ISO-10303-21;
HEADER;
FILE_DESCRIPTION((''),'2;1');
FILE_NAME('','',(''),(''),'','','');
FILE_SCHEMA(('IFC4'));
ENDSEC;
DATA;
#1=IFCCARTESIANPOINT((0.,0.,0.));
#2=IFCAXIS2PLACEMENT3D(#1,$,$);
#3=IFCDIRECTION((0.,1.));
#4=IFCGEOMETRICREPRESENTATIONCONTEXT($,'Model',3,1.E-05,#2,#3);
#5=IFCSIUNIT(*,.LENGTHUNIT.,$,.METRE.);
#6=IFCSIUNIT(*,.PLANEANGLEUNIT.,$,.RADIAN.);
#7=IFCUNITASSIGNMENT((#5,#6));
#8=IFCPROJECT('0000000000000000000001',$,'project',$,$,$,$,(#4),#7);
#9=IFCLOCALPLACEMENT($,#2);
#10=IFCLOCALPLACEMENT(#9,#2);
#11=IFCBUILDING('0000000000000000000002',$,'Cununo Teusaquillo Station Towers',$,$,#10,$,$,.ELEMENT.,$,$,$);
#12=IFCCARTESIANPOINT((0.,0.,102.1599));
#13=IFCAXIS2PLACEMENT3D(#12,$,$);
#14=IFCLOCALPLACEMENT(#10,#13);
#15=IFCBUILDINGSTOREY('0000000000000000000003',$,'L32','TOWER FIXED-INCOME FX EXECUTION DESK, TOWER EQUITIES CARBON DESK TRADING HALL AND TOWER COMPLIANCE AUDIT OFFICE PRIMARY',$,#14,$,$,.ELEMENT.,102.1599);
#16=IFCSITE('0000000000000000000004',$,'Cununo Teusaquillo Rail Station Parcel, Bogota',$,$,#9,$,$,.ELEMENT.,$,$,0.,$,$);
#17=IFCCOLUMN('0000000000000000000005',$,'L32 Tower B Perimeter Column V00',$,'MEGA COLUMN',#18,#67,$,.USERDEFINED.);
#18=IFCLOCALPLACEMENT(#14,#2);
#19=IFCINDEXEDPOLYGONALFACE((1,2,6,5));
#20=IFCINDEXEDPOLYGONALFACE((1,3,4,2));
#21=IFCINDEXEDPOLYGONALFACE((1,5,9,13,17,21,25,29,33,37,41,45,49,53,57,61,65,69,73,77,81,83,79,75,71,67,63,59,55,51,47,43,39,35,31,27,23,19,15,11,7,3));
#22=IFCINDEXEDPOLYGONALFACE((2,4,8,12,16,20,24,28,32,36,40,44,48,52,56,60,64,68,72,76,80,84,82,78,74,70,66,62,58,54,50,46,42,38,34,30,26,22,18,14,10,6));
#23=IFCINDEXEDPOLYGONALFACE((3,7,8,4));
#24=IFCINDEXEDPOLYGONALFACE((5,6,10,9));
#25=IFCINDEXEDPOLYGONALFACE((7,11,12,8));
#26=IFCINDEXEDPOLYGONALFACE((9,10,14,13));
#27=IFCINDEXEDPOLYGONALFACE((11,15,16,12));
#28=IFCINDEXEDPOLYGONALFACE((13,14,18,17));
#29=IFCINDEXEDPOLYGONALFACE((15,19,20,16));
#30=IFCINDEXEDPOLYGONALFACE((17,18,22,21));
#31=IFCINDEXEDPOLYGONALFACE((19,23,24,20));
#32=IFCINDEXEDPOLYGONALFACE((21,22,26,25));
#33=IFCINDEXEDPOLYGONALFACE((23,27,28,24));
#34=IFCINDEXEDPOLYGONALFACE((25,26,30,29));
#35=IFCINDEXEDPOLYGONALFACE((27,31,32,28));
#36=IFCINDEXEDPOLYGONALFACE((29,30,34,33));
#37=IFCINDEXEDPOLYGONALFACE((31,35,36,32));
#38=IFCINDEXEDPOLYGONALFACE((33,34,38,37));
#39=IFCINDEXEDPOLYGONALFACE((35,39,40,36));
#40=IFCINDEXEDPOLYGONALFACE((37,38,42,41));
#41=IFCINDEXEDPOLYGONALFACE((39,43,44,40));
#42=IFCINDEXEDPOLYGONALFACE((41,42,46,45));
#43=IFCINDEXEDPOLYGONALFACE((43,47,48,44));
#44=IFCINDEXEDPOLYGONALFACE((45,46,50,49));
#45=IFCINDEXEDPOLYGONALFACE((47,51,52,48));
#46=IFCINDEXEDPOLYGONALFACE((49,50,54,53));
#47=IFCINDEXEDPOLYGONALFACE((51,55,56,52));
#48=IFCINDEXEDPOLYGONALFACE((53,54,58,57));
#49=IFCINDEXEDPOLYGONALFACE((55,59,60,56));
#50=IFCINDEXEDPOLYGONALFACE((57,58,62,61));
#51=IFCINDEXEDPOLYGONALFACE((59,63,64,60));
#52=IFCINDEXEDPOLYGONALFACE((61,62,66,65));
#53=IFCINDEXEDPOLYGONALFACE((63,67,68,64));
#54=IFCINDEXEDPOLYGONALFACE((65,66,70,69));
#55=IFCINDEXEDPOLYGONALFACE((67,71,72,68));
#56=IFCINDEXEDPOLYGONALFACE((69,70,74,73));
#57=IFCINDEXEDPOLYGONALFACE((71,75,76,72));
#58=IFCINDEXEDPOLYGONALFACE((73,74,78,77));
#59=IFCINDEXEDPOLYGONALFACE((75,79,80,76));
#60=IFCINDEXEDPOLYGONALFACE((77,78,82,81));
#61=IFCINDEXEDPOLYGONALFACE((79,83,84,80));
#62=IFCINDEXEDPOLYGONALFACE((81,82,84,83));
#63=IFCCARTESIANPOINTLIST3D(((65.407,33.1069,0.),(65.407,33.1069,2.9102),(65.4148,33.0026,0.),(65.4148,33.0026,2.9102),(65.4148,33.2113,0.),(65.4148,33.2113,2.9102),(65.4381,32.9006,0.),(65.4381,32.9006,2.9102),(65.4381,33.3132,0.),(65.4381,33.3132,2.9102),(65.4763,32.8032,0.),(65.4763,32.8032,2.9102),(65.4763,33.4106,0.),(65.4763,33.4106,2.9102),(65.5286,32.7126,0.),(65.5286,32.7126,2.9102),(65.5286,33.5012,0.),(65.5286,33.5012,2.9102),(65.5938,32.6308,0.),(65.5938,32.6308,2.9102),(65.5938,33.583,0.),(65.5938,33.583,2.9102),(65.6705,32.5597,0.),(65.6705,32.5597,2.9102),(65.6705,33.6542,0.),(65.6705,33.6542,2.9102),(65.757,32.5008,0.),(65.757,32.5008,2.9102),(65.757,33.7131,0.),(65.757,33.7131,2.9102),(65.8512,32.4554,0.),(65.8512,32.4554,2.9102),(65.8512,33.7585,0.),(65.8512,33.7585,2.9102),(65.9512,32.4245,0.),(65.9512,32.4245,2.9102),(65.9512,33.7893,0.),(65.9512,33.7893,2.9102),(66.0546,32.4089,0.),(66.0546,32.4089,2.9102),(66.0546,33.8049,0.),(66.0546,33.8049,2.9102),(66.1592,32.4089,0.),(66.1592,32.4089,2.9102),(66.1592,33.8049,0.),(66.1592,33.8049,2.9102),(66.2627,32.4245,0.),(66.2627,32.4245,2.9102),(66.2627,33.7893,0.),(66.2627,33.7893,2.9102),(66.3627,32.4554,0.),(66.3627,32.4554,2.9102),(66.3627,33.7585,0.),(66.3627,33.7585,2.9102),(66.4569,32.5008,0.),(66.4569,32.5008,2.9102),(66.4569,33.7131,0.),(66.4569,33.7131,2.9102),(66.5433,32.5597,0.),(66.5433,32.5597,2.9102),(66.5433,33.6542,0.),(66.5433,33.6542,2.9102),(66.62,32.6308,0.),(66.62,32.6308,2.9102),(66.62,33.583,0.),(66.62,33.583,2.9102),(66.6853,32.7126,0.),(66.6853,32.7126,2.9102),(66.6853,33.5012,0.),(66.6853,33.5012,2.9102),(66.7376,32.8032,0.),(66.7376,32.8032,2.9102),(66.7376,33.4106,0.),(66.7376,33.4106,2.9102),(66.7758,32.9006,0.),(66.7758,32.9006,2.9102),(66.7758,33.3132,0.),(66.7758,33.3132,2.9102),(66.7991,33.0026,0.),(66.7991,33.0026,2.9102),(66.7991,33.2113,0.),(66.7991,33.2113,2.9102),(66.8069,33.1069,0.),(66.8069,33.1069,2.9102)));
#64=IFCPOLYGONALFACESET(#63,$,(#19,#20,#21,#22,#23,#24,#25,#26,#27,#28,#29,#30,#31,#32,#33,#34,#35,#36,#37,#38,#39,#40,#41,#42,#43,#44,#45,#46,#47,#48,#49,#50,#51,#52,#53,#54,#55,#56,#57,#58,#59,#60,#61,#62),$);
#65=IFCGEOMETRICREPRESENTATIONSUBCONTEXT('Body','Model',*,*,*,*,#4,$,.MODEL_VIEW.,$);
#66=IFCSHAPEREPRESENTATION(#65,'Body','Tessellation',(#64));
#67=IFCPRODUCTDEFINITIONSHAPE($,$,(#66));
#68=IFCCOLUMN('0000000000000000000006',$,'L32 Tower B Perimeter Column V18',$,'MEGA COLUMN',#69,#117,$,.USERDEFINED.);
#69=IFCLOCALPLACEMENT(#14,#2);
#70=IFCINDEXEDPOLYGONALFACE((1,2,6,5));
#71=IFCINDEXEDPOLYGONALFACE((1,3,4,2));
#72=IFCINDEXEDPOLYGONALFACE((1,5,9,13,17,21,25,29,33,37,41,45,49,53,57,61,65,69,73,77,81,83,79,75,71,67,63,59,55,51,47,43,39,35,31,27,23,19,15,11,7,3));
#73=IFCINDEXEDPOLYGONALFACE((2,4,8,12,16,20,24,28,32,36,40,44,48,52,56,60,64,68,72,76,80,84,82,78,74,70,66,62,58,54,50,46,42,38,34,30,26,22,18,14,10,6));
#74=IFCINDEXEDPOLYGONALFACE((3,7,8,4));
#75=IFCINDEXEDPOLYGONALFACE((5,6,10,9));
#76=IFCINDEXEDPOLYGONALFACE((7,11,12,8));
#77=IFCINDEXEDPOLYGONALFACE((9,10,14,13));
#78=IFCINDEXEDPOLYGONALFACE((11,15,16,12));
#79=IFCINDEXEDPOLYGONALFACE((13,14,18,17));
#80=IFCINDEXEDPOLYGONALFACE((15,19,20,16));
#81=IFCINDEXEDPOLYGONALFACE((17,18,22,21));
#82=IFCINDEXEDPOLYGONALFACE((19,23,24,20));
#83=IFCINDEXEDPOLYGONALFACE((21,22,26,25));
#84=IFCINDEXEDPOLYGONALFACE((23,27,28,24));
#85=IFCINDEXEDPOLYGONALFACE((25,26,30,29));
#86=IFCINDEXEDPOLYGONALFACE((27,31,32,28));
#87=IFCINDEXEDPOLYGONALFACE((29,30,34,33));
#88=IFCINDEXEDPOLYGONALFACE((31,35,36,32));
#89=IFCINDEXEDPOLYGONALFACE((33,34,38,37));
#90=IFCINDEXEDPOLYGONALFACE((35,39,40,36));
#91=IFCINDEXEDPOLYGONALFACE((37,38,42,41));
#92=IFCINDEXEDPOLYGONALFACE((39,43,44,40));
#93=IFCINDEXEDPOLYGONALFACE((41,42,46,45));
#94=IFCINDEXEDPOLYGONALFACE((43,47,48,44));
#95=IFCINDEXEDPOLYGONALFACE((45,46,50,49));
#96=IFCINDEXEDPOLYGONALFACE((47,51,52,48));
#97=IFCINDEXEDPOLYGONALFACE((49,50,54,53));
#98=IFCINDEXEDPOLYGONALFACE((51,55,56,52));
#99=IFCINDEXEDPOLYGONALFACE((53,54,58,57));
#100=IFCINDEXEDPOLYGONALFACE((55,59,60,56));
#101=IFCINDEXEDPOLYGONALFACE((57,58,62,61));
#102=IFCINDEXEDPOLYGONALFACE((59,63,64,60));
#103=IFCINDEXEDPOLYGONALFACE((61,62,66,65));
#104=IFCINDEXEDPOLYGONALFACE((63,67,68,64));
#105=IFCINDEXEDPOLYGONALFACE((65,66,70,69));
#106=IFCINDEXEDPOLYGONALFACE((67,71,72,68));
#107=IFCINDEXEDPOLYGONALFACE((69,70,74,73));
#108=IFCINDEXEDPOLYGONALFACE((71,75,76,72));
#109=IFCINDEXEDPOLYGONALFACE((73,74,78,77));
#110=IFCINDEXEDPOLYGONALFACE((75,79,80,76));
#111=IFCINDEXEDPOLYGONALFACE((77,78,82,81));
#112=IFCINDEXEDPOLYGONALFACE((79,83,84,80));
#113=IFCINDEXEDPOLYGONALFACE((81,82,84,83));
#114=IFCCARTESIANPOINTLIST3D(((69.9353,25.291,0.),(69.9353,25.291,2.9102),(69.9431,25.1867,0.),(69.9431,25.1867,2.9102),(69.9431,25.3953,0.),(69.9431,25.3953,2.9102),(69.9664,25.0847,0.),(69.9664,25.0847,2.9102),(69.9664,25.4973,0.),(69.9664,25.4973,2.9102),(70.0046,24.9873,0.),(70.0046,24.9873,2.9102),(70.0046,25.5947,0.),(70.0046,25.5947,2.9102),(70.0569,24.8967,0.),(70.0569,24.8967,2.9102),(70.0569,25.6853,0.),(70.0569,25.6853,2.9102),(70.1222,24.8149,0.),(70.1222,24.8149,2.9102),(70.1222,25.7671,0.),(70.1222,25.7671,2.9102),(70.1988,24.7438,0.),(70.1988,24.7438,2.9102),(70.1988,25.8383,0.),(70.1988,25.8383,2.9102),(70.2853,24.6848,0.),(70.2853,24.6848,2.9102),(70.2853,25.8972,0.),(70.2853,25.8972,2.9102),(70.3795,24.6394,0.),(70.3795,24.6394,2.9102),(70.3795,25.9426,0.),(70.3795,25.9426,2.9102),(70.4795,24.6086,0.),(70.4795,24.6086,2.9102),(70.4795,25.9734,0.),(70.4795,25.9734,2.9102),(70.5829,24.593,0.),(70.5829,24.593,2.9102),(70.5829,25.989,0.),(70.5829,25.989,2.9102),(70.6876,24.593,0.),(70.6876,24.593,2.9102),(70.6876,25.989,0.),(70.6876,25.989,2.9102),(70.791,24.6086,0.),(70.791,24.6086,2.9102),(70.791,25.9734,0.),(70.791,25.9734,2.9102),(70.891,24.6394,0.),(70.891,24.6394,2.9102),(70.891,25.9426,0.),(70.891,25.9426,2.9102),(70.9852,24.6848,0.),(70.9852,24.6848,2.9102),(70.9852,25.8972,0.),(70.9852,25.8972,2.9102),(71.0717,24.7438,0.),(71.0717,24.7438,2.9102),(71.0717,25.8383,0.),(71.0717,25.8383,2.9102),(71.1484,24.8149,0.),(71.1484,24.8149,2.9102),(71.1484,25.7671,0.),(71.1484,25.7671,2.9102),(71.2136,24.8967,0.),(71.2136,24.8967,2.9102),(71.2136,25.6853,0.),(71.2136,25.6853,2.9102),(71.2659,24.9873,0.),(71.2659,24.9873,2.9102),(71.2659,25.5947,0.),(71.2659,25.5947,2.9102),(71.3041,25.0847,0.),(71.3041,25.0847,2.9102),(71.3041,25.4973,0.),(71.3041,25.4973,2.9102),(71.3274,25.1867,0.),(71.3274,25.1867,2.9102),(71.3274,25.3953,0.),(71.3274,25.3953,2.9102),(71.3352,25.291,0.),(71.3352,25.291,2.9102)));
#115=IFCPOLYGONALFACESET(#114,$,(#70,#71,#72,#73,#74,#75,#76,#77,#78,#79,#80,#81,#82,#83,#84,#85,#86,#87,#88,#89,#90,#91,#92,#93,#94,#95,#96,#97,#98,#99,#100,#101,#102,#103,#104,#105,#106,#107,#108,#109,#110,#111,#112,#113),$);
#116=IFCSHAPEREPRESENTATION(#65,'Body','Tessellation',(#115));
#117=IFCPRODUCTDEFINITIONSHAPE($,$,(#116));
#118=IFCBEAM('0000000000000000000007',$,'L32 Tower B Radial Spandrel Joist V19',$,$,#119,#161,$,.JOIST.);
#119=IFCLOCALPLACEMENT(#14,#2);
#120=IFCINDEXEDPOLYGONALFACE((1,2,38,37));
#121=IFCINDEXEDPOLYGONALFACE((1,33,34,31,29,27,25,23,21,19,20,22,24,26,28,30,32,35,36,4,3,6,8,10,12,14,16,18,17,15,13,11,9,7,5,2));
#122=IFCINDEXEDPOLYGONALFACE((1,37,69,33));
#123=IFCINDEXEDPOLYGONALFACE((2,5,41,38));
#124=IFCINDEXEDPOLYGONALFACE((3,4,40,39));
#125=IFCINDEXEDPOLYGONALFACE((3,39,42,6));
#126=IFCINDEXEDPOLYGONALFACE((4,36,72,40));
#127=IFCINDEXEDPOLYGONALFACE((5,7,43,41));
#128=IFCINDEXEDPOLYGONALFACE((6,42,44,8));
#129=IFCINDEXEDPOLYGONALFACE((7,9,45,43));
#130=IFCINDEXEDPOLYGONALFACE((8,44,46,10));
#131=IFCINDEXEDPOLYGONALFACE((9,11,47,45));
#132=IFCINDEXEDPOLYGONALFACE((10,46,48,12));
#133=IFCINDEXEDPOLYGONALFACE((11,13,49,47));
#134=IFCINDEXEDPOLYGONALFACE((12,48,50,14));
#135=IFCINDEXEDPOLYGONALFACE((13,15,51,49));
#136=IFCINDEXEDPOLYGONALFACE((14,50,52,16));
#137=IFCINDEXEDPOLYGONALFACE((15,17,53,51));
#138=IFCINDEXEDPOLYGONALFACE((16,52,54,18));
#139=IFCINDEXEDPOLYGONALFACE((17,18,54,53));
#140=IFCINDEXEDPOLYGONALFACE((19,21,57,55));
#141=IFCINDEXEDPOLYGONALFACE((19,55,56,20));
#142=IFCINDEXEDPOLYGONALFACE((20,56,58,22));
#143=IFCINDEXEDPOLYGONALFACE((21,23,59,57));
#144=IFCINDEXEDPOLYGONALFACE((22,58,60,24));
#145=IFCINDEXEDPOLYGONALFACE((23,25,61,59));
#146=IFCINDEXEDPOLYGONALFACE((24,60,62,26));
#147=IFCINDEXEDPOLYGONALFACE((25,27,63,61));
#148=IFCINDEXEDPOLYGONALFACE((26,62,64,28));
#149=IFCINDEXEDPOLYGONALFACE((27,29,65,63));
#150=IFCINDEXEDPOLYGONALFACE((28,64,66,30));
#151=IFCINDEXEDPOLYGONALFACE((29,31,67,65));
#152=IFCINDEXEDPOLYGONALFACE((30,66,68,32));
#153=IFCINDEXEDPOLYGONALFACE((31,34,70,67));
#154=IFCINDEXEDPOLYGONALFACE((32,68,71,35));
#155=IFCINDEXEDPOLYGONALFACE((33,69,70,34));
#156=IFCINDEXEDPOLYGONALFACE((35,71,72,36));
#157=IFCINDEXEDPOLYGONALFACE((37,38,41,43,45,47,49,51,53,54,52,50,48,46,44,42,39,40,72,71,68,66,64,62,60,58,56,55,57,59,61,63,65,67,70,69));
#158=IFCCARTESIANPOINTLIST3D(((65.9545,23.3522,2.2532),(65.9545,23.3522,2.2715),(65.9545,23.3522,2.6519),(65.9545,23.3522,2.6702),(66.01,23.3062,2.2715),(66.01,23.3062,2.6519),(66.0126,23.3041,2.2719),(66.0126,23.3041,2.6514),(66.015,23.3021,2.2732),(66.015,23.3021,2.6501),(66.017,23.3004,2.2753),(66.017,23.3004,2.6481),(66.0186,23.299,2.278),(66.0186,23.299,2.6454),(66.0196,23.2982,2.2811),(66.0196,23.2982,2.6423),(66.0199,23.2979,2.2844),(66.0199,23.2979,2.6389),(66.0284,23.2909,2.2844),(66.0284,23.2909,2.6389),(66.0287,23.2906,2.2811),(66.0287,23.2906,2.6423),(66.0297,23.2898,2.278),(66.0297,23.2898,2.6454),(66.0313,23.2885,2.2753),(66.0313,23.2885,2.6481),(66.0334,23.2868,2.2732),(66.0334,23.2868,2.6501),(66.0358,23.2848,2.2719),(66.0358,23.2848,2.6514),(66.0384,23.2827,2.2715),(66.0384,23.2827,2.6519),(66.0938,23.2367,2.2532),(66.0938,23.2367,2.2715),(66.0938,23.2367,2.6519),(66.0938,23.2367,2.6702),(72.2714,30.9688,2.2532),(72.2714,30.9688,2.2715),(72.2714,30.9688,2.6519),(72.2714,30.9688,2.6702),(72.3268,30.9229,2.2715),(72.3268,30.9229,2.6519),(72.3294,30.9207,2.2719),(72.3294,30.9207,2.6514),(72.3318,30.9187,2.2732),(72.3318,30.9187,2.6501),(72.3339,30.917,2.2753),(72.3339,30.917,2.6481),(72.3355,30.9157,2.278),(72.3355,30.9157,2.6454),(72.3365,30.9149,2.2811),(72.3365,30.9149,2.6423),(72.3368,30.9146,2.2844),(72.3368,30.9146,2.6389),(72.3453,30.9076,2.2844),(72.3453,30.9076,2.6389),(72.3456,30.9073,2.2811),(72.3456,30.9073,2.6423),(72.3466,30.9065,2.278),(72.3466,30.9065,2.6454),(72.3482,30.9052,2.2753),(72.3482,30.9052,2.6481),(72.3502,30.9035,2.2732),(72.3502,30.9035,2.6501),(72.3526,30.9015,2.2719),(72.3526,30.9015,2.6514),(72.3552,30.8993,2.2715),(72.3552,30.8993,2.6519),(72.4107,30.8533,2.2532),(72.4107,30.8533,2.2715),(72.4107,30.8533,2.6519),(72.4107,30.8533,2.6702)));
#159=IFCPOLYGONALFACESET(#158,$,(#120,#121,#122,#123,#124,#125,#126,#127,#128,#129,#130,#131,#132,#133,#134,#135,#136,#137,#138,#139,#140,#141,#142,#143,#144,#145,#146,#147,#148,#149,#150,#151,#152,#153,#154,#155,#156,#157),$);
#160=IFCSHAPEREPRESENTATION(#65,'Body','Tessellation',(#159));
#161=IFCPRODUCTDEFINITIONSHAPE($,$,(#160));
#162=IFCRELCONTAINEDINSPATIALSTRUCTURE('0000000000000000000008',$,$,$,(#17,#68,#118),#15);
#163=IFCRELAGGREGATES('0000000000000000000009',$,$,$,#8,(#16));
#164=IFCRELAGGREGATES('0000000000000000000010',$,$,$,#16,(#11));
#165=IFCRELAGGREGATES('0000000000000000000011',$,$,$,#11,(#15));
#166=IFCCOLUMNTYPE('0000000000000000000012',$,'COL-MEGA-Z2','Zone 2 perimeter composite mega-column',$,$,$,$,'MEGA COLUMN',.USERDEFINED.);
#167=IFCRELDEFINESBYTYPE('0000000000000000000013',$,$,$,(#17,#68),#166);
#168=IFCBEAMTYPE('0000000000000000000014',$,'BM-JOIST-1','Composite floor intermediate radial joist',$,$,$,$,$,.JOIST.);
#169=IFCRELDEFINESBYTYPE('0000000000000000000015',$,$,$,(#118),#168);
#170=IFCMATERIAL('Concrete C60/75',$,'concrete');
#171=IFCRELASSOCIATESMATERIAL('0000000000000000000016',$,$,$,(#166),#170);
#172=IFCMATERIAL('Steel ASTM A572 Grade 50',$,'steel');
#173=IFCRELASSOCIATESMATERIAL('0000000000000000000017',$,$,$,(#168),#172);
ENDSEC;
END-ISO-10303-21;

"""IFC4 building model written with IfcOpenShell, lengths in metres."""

from ifc_helpers import new_model, si_unit, direction, frame, origin, origin_2d, place, context, subcontext, project, spatial, circle, i_section, extrude, material, material_profile, profile_set, type_object, element, save


model = new_model("IFC4")

# Units and contexts
model_context = context("Model", 3, precision=1e-05, world=origin(), true_north=direction((0.0, 1.0)))
body_context = subcontext(model_context, "Body", "Model", "MODEL_VIEW")
ifc_project = project(units=[si_unit("LENGTHUNIT", "METRE"), si_unit("PLANEANGLEUNIT", "RADIAN")], contexts=[model_context])

# Site, building, storey
site_placement = place(None, origin())
site = spatial("IfcSite", under=ifc_project, at=site_placement, Name="Cununo Teusaquillo Rail Station Parcel, Bogota", CompositionType="ELEMENT", RefElevation=0.0)
building_placement = place(site_placement, origin())
building = spatial("IfcBuilding", under=site, at=building_placement, Name="Cununo Teusaquillo Station Towers", CompositionType="ELEMENT")
storey_placement = place(building_placement, frame((0.0, 0.0, 102.1599)))
storey = spatial("IfcBuildingStorey", under=building, at=storey_placement, Name="L32", Description="TOWER FIXED-INCOME FX EXECUTION DESK, TOWER EQUITIES CARBON DESK TRADING HALL AND TOWER COMPLIANCE AUDIT OFFICE PRIMARY", CompositionType="ELEMENT", Elevation=102.1599)

# Columns
ifc_material_1 = material(Name="Concrete C60/75", Category="concrete")
ifc_material_profile_1 = material_profile(ifc_material_1, circle(Radius=0.7, at=origin_2d()), Name="RC-CIRC-1400")
ifc_profile_set_1 = profile_set([ifc_material_profile_1], Name="Concrete C60/75")
column_type = type_object("IfcColumnType", Name="COL-MEGA-Z2", Description="Zone 2 perimeter composite mega-column", ElementType="MEGA COLUMN", PredefinedType="USERDEFINED", material=ifc_profile_set_1)
for number, where, z_axis, x_axis, name in (
    (1, (66.1069, 33.1069, 0.0), (0.0, 0.0, 1.0), (1.0, 0.0, 0.0), "L32 Tower B Perimeter Column V00"),
    (2, (70.6353, 25.291, 0.0), (0.0, 0.0, 1.0), (1.0, 0.0, 0.0), "L32 Tower B Perimeter Column V18"),
):
    element("IfcColumn", number, at=place(storey_placement, frame(where, z_axis=z_axis, x_axis=x_axis)), inside=storey, type_object=column_type, Name=name, ObjectType="MEGA COLUMN", PredefinedType="USERDEFINED", context=body_context, shape_type="SweptSolid", body=[
        extrude(circle(Radius=0.7, at=origin_2d()), origin(), (0.0, 0.0, 1.0), 2.9102),
    ])

# Beam
ifc_material_2 = material(Name="Steel ASTM A572 Grade 50", Category="steel")
ifc_material_profile_2 = material_profile(ifc_material_2, i_section(OverallWidth=0.1809, OverallDepth=0.417, WebThickness=0.011, FlangeThickness=0.0183, FilletRadius=0.0129, at=origin_2d()), Name="W16X57")
ifc_profile_set_2 = profile_set([ifc_material_profile_2], Name="Steel ASTM A572 Grade 50")
beam_type_1 = type_object("IfcBeamType", Name="BM-JOIST-1", Description="Composite floor intermediate radial joist", PredefinedType="JOIST", material=ifc_profile_set_2)
beam_1_placement = place(storey_placement, frame((66.0242, 23.2944, 2.4617), z_axis=(0.638372, 0.769728, 0.0), x_axis=(-0.769728, 0.638372, 0.0)))
element("IfcBeam", 3, at=beam_1_placement, inside=storey, type_object=beam_type_1, Name="L32 Tower B Radial Spandrel Joist V19", PredefinedType="JOIST", context=body_context, shape_type="SweptSolid", body=[
    extrude(i_section(OverallWidth=0.1809, OverallDepth=0.417, WebThickness=0.011, FlangeThickness=0.0183, FilletRadius=0.0129, at=origin_2d()), origin(), (0.0, 0.0, 1.0), 9.8953),
])

save(model, "model.ifc")
